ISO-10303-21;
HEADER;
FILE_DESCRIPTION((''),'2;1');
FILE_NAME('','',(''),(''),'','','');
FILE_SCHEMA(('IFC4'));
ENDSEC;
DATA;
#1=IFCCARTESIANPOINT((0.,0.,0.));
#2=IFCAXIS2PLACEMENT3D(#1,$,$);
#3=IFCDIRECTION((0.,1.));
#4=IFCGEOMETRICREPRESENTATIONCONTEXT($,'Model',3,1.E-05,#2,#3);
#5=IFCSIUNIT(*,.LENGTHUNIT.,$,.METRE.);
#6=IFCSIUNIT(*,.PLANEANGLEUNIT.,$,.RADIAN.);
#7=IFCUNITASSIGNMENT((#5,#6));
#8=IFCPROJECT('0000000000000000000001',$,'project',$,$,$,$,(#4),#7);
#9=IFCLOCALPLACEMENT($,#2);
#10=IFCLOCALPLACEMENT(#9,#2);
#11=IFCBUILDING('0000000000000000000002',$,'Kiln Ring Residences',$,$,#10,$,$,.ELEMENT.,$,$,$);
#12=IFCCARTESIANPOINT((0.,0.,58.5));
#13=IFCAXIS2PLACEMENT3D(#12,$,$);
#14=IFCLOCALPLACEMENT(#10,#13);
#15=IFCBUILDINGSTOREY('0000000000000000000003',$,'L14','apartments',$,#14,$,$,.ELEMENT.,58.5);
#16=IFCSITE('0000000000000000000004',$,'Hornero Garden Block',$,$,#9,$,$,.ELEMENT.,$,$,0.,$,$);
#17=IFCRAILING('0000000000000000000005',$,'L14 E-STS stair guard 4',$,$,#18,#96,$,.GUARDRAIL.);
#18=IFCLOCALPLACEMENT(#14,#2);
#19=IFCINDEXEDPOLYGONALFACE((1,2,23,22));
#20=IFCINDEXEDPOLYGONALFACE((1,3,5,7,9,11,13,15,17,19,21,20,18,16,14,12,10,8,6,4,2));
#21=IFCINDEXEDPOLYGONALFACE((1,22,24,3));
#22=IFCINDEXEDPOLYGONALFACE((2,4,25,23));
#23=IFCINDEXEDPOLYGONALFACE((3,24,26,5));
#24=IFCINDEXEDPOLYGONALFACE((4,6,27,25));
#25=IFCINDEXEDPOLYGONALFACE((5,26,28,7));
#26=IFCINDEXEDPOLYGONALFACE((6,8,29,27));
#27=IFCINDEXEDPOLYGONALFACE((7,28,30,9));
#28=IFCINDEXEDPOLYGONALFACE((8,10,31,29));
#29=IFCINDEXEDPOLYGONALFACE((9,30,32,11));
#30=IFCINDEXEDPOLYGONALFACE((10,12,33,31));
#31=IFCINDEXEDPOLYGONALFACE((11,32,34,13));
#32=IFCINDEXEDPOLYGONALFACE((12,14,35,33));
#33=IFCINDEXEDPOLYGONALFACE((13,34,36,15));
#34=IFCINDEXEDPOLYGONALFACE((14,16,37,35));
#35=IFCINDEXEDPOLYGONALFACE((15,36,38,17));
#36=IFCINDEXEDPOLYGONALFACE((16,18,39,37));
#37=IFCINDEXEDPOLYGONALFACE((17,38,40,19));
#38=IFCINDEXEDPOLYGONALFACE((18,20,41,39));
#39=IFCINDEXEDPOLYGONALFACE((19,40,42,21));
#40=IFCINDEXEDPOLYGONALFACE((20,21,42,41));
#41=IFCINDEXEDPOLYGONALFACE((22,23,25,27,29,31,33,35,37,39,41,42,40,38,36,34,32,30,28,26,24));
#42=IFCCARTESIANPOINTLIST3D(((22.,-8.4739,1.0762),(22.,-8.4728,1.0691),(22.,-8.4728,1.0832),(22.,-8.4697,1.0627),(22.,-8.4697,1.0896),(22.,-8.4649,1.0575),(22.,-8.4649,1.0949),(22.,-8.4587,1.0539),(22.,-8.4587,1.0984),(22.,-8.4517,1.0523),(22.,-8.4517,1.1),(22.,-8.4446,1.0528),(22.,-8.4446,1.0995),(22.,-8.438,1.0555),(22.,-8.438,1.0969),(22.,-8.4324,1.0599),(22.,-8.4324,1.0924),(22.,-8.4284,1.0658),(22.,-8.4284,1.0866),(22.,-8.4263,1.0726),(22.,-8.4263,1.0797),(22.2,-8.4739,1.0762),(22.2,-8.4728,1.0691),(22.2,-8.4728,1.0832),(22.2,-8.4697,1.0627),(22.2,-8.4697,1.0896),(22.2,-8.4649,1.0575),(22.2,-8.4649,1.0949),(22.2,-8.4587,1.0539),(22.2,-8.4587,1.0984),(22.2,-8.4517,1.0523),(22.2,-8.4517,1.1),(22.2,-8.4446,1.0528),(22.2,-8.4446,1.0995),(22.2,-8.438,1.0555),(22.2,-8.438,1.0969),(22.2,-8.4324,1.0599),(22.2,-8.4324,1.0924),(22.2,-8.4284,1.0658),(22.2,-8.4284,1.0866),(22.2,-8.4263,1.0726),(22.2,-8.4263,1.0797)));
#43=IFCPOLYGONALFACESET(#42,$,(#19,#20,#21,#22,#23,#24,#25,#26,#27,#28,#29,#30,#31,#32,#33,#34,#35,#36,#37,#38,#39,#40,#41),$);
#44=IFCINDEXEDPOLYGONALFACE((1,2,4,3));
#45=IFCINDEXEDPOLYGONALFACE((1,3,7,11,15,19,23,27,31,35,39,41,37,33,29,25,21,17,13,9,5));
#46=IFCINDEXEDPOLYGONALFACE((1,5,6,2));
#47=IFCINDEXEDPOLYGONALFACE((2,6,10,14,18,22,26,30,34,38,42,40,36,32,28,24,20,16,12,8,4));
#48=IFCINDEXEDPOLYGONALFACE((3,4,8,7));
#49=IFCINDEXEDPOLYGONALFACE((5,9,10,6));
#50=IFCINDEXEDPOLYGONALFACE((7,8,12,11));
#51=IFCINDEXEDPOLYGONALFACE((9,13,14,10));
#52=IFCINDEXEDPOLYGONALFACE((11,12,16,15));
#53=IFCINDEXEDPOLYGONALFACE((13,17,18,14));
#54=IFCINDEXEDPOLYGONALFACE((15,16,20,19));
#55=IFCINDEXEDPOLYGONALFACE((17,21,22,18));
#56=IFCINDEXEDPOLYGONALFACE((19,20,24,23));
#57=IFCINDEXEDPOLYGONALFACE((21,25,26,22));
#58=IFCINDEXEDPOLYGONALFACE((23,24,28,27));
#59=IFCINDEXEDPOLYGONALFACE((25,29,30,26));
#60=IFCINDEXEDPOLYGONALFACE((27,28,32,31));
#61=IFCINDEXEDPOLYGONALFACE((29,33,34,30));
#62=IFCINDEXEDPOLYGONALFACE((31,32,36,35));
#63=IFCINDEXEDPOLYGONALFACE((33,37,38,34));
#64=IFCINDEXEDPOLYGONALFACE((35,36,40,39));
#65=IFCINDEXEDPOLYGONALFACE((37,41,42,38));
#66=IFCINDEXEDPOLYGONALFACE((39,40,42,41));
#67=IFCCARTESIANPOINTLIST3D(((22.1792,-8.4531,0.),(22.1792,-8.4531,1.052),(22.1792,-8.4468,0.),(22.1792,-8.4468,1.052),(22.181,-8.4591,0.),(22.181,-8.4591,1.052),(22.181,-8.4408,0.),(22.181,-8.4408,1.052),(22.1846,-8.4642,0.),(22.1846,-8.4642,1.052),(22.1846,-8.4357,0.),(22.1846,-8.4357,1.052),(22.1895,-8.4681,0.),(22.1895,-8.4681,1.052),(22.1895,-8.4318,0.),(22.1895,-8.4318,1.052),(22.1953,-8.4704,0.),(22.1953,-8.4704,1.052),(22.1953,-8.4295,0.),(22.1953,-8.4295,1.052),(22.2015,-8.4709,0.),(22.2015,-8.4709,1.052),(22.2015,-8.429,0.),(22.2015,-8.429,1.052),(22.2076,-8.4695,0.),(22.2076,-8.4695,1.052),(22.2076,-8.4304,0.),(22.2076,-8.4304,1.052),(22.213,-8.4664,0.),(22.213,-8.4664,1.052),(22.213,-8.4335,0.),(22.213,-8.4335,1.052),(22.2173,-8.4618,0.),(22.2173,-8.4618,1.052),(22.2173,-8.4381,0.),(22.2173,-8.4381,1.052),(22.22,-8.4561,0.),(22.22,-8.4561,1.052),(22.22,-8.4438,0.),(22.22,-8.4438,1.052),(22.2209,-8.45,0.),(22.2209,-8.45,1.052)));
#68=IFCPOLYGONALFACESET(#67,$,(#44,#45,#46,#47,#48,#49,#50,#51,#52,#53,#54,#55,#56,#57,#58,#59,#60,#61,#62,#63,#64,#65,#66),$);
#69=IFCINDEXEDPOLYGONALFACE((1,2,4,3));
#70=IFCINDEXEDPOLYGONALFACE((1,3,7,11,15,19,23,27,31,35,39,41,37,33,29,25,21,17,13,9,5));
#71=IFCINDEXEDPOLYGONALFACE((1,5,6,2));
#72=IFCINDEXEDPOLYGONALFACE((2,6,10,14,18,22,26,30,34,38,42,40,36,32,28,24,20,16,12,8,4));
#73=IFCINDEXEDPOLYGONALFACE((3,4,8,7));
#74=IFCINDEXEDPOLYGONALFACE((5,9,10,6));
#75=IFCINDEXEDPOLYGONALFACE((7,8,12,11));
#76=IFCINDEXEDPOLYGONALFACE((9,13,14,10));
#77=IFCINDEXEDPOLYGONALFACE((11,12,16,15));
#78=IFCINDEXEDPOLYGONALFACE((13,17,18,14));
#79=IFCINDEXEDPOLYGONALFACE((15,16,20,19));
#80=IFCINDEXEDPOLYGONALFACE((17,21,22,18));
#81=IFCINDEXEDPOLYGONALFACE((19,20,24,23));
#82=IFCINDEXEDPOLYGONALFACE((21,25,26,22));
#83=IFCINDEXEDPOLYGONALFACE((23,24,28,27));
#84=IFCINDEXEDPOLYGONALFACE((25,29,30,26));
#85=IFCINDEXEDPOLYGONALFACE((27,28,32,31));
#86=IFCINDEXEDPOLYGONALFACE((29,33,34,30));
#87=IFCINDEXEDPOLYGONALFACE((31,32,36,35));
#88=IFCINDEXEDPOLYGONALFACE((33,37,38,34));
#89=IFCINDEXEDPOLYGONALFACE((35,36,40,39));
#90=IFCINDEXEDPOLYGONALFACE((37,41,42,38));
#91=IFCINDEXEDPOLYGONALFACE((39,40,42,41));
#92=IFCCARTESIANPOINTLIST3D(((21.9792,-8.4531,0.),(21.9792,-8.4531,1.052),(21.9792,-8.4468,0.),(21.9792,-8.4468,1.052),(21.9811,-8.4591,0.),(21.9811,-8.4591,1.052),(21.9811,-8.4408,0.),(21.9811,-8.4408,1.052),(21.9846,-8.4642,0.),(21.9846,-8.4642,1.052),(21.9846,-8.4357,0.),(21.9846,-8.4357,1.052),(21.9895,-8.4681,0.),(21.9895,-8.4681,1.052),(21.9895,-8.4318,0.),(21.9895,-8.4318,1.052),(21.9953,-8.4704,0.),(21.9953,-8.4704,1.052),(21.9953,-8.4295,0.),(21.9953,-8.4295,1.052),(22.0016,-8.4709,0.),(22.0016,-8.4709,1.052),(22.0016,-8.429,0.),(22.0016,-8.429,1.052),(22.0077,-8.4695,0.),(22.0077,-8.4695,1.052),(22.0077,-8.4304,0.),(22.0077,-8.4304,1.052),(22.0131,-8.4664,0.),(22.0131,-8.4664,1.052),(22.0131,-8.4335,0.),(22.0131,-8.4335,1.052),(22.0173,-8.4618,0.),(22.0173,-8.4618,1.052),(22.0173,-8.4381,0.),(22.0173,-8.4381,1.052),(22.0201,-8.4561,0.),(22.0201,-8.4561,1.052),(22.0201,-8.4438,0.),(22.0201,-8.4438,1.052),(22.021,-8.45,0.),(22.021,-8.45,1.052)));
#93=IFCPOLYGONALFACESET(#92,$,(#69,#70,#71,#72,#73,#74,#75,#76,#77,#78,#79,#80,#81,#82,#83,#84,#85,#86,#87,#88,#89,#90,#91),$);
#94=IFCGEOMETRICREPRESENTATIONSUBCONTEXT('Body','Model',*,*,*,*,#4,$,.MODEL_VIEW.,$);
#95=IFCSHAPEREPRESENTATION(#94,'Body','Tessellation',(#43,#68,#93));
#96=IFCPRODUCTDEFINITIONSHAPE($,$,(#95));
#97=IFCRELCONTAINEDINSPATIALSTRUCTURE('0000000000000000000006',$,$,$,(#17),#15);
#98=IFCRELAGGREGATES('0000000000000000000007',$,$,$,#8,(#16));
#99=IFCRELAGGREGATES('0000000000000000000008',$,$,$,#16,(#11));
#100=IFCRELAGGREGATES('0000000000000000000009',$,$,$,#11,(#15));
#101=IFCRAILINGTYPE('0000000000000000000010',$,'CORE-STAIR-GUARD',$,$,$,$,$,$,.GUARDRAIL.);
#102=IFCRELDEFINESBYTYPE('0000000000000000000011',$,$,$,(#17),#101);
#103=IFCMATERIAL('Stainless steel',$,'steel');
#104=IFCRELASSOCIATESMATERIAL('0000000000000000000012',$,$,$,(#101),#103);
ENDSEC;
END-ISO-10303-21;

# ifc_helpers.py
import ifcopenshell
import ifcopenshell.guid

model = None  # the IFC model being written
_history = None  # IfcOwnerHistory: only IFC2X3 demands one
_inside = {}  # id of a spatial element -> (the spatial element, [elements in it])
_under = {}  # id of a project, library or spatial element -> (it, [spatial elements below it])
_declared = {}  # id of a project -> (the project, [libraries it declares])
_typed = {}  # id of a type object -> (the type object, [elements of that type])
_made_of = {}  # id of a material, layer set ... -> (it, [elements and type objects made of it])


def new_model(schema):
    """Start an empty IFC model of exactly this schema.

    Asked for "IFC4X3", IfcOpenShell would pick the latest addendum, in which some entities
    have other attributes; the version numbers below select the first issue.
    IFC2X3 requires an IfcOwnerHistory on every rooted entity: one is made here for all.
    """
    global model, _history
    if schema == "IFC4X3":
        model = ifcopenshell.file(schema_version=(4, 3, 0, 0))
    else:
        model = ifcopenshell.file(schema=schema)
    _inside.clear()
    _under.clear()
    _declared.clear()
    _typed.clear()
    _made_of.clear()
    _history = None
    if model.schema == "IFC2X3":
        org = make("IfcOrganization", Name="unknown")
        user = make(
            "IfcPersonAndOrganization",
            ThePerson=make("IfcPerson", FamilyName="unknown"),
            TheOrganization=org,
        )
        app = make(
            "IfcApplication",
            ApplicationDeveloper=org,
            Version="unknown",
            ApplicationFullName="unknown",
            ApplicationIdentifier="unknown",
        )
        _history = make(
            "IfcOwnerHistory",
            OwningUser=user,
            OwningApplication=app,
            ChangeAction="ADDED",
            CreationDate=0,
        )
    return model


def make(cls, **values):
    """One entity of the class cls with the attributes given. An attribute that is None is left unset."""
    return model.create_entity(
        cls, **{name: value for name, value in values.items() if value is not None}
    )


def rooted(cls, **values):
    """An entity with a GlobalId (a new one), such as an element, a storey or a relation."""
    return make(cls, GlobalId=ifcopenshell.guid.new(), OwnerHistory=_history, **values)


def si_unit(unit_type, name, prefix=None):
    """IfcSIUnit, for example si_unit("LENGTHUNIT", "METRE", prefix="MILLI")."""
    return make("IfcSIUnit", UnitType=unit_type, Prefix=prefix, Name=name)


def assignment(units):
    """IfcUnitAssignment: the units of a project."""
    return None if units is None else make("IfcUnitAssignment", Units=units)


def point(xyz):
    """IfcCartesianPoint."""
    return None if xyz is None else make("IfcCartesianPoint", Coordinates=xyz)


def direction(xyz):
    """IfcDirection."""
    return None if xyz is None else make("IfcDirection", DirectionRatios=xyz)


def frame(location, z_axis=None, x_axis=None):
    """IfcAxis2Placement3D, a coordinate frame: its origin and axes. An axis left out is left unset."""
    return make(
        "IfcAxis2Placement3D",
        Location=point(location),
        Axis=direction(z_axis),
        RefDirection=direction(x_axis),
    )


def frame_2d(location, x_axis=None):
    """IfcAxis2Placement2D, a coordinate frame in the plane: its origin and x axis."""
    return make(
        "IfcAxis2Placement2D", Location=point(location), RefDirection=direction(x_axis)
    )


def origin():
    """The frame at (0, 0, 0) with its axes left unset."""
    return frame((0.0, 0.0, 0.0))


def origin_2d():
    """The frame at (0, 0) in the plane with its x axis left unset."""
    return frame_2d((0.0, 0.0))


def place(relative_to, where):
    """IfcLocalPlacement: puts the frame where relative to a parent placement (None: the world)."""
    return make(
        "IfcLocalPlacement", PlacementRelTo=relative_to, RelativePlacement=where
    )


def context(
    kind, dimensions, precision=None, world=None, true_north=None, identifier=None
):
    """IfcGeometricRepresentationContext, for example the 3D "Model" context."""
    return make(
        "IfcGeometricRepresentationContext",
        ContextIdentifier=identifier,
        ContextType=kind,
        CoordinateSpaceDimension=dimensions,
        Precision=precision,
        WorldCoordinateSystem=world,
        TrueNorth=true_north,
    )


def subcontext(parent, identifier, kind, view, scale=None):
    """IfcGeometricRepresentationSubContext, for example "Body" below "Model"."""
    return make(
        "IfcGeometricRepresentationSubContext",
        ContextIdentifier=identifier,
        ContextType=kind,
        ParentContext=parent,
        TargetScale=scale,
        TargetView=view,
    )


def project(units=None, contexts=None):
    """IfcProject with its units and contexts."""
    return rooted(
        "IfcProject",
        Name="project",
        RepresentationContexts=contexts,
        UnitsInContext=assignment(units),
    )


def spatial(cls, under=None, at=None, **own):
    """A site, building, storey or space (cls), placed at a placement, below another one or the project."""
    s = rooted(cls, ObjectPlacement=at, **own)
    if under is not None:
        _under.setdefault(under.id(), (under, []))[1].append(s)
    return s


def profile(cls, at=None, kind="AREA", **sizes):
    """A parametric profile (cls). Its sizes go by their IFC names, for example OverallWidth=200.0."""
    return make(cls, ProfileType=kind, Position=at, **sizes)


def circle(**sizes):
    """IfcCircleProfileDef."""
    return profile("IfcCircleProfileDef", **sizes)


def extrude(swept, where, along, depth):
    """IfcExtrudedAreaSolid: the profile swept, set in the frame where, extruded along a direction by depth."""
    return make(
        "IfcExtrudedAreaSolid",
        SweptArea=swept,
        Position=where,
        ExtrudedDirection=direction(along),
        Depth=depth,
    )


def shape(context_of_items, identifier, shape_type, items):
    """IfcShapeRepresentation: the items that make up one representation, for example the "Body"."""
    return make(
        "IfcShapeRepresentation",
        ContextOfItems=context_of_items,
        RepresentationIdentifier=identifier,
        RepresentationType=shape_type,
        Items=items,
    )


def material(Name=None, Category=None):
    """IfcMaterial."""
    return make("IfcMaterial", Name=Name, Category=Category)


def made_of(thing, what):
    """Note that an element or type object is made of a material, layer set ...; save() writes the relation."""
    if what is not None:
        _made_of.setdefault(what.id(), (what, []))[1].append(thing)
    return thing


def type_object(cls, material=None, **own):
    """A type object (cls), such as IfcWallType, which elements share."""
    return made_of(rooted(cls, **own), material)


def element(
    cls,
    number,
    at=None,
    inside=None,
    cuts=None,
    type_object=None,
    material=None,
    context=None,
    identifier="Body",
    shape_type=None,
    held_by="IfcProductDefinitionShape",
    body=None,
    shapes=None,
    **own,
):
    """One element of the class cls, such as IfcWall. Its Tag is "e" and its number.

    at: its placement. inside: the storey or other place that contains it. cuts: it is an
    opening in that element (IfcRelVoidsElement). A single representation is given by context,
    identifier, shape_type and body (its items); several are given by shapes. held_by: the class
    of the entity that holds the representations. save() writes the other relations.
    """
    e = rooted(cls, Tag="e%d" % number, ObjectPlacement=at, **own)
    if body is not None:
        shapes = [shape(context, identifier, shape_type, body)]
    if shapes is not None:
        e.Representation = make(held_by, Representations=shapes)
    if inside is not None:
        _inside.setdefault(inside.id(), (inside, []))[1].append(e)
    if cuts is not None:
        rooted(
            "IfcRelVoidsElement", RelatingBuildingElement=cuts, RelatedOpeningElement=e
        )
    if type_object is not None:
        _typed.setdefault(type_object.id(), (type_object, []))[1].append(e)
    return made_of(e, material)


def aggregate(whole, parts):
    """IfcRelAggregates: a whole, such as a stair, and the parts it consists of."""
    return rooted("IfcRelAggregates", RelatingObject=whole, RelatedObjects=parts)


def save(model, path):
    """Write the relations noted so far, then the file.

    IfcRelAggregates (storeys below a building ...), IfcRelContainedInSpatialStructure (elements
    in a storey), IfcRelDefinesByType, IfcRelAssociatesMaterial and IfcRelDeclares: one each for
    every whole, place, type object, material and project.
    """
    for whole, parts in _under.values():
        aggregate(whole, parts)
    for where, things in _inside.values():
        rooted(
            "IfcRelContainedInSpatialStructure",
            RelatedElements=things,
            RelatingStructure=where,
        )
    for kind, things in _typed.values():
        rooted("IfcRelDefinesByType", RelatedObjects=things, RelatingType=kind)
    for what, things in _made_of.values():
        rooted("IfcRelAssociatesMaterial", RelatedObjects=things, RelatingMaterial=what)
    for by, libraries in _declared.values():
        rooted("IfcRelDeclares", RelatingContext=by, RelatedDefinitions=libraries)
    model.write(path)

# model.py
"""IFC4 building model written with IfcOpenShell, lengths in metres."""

from ifc_helpers import new_model, si_unit, direction, frame, origin, origin_2d, place, context, subcontext, project, spatial, circle, extrude, material, type_object, element, save


model = new_model("IFC4")

# Units and contexts
model_context = context("Model", 3, precision=1e-05, world=origin(), true_north=direction((0.0, 1.0)))
body_context = subcontext(model_context, "Body", "Model", "MODEL_VIEW")
ifc_project = project(units=[si_unit("LENGTHUNIT", "METRE"), si_unit("PLANEANGLEUNIT", "RADIAN")], contexts=[model_context])

# Site, building, storey
site_placement = place(None, origin())
site = spatial("IfcSite", under=ifc_project, at=site_placement, Name="Hornero Garden Block", CompositionType="ELEMENT", RefElevation=0.0)
building_placement = place(site_placement, origin())
building = spatial("IfcBuilding", under=site, at=building_placement, Name="Kiln Ring Residences", CompositionType="ELEMENT")
storey_placement = place(building_placement, frame((0.0, 0.0, 58.5)))
storey = spatial("IfcBuildingStorey", under=building, at=storey_placement, Name="L14", Description="apartments", CompositionType="ELEMENT", Elevation=58.5)

# Railing
ifc_material_1 = material(Name="Stainless steel", Category="steel")
railing_type_1 = type_object("IfcRailingType", Name="CORE-STAIR-GUARD", PredefinedType="GUARDRAIL", material=ifc_material_1)
railing_1_placement = place(storey_placement, frame((22.2, -8.45, 0.0)))
element("IfcRailing", 1, at=railing_1_placement, inside=storey, type_object=railing_type_1, Name="L14 E-STS stair guard 4", PredefinedType="GUARDRAIL", context=body_context, shape_type="SweptSolid", body=[
    extrude(circle(Radius=0.0239, at=origin_2d()), frame((0.0, 0.0, 1.0762), z_axis=(-1.0, 0.0, 0.0), x_axis=(0.0, -1.0, 0.0)), (0.0, 0.0, 1.0), 0.2),
    extrude(circle(Radius=0.021, at=origin_2d()), origin(), (0.0, 0.0, 1.0), 1.052),
    extrude(circle(Radius=0.021, at=origin_2d()), frame((-0.2, 0.0, 0.0)), (0.0, 0.0, 1.0), 1.052),
])

save(model, "model.ifc")
